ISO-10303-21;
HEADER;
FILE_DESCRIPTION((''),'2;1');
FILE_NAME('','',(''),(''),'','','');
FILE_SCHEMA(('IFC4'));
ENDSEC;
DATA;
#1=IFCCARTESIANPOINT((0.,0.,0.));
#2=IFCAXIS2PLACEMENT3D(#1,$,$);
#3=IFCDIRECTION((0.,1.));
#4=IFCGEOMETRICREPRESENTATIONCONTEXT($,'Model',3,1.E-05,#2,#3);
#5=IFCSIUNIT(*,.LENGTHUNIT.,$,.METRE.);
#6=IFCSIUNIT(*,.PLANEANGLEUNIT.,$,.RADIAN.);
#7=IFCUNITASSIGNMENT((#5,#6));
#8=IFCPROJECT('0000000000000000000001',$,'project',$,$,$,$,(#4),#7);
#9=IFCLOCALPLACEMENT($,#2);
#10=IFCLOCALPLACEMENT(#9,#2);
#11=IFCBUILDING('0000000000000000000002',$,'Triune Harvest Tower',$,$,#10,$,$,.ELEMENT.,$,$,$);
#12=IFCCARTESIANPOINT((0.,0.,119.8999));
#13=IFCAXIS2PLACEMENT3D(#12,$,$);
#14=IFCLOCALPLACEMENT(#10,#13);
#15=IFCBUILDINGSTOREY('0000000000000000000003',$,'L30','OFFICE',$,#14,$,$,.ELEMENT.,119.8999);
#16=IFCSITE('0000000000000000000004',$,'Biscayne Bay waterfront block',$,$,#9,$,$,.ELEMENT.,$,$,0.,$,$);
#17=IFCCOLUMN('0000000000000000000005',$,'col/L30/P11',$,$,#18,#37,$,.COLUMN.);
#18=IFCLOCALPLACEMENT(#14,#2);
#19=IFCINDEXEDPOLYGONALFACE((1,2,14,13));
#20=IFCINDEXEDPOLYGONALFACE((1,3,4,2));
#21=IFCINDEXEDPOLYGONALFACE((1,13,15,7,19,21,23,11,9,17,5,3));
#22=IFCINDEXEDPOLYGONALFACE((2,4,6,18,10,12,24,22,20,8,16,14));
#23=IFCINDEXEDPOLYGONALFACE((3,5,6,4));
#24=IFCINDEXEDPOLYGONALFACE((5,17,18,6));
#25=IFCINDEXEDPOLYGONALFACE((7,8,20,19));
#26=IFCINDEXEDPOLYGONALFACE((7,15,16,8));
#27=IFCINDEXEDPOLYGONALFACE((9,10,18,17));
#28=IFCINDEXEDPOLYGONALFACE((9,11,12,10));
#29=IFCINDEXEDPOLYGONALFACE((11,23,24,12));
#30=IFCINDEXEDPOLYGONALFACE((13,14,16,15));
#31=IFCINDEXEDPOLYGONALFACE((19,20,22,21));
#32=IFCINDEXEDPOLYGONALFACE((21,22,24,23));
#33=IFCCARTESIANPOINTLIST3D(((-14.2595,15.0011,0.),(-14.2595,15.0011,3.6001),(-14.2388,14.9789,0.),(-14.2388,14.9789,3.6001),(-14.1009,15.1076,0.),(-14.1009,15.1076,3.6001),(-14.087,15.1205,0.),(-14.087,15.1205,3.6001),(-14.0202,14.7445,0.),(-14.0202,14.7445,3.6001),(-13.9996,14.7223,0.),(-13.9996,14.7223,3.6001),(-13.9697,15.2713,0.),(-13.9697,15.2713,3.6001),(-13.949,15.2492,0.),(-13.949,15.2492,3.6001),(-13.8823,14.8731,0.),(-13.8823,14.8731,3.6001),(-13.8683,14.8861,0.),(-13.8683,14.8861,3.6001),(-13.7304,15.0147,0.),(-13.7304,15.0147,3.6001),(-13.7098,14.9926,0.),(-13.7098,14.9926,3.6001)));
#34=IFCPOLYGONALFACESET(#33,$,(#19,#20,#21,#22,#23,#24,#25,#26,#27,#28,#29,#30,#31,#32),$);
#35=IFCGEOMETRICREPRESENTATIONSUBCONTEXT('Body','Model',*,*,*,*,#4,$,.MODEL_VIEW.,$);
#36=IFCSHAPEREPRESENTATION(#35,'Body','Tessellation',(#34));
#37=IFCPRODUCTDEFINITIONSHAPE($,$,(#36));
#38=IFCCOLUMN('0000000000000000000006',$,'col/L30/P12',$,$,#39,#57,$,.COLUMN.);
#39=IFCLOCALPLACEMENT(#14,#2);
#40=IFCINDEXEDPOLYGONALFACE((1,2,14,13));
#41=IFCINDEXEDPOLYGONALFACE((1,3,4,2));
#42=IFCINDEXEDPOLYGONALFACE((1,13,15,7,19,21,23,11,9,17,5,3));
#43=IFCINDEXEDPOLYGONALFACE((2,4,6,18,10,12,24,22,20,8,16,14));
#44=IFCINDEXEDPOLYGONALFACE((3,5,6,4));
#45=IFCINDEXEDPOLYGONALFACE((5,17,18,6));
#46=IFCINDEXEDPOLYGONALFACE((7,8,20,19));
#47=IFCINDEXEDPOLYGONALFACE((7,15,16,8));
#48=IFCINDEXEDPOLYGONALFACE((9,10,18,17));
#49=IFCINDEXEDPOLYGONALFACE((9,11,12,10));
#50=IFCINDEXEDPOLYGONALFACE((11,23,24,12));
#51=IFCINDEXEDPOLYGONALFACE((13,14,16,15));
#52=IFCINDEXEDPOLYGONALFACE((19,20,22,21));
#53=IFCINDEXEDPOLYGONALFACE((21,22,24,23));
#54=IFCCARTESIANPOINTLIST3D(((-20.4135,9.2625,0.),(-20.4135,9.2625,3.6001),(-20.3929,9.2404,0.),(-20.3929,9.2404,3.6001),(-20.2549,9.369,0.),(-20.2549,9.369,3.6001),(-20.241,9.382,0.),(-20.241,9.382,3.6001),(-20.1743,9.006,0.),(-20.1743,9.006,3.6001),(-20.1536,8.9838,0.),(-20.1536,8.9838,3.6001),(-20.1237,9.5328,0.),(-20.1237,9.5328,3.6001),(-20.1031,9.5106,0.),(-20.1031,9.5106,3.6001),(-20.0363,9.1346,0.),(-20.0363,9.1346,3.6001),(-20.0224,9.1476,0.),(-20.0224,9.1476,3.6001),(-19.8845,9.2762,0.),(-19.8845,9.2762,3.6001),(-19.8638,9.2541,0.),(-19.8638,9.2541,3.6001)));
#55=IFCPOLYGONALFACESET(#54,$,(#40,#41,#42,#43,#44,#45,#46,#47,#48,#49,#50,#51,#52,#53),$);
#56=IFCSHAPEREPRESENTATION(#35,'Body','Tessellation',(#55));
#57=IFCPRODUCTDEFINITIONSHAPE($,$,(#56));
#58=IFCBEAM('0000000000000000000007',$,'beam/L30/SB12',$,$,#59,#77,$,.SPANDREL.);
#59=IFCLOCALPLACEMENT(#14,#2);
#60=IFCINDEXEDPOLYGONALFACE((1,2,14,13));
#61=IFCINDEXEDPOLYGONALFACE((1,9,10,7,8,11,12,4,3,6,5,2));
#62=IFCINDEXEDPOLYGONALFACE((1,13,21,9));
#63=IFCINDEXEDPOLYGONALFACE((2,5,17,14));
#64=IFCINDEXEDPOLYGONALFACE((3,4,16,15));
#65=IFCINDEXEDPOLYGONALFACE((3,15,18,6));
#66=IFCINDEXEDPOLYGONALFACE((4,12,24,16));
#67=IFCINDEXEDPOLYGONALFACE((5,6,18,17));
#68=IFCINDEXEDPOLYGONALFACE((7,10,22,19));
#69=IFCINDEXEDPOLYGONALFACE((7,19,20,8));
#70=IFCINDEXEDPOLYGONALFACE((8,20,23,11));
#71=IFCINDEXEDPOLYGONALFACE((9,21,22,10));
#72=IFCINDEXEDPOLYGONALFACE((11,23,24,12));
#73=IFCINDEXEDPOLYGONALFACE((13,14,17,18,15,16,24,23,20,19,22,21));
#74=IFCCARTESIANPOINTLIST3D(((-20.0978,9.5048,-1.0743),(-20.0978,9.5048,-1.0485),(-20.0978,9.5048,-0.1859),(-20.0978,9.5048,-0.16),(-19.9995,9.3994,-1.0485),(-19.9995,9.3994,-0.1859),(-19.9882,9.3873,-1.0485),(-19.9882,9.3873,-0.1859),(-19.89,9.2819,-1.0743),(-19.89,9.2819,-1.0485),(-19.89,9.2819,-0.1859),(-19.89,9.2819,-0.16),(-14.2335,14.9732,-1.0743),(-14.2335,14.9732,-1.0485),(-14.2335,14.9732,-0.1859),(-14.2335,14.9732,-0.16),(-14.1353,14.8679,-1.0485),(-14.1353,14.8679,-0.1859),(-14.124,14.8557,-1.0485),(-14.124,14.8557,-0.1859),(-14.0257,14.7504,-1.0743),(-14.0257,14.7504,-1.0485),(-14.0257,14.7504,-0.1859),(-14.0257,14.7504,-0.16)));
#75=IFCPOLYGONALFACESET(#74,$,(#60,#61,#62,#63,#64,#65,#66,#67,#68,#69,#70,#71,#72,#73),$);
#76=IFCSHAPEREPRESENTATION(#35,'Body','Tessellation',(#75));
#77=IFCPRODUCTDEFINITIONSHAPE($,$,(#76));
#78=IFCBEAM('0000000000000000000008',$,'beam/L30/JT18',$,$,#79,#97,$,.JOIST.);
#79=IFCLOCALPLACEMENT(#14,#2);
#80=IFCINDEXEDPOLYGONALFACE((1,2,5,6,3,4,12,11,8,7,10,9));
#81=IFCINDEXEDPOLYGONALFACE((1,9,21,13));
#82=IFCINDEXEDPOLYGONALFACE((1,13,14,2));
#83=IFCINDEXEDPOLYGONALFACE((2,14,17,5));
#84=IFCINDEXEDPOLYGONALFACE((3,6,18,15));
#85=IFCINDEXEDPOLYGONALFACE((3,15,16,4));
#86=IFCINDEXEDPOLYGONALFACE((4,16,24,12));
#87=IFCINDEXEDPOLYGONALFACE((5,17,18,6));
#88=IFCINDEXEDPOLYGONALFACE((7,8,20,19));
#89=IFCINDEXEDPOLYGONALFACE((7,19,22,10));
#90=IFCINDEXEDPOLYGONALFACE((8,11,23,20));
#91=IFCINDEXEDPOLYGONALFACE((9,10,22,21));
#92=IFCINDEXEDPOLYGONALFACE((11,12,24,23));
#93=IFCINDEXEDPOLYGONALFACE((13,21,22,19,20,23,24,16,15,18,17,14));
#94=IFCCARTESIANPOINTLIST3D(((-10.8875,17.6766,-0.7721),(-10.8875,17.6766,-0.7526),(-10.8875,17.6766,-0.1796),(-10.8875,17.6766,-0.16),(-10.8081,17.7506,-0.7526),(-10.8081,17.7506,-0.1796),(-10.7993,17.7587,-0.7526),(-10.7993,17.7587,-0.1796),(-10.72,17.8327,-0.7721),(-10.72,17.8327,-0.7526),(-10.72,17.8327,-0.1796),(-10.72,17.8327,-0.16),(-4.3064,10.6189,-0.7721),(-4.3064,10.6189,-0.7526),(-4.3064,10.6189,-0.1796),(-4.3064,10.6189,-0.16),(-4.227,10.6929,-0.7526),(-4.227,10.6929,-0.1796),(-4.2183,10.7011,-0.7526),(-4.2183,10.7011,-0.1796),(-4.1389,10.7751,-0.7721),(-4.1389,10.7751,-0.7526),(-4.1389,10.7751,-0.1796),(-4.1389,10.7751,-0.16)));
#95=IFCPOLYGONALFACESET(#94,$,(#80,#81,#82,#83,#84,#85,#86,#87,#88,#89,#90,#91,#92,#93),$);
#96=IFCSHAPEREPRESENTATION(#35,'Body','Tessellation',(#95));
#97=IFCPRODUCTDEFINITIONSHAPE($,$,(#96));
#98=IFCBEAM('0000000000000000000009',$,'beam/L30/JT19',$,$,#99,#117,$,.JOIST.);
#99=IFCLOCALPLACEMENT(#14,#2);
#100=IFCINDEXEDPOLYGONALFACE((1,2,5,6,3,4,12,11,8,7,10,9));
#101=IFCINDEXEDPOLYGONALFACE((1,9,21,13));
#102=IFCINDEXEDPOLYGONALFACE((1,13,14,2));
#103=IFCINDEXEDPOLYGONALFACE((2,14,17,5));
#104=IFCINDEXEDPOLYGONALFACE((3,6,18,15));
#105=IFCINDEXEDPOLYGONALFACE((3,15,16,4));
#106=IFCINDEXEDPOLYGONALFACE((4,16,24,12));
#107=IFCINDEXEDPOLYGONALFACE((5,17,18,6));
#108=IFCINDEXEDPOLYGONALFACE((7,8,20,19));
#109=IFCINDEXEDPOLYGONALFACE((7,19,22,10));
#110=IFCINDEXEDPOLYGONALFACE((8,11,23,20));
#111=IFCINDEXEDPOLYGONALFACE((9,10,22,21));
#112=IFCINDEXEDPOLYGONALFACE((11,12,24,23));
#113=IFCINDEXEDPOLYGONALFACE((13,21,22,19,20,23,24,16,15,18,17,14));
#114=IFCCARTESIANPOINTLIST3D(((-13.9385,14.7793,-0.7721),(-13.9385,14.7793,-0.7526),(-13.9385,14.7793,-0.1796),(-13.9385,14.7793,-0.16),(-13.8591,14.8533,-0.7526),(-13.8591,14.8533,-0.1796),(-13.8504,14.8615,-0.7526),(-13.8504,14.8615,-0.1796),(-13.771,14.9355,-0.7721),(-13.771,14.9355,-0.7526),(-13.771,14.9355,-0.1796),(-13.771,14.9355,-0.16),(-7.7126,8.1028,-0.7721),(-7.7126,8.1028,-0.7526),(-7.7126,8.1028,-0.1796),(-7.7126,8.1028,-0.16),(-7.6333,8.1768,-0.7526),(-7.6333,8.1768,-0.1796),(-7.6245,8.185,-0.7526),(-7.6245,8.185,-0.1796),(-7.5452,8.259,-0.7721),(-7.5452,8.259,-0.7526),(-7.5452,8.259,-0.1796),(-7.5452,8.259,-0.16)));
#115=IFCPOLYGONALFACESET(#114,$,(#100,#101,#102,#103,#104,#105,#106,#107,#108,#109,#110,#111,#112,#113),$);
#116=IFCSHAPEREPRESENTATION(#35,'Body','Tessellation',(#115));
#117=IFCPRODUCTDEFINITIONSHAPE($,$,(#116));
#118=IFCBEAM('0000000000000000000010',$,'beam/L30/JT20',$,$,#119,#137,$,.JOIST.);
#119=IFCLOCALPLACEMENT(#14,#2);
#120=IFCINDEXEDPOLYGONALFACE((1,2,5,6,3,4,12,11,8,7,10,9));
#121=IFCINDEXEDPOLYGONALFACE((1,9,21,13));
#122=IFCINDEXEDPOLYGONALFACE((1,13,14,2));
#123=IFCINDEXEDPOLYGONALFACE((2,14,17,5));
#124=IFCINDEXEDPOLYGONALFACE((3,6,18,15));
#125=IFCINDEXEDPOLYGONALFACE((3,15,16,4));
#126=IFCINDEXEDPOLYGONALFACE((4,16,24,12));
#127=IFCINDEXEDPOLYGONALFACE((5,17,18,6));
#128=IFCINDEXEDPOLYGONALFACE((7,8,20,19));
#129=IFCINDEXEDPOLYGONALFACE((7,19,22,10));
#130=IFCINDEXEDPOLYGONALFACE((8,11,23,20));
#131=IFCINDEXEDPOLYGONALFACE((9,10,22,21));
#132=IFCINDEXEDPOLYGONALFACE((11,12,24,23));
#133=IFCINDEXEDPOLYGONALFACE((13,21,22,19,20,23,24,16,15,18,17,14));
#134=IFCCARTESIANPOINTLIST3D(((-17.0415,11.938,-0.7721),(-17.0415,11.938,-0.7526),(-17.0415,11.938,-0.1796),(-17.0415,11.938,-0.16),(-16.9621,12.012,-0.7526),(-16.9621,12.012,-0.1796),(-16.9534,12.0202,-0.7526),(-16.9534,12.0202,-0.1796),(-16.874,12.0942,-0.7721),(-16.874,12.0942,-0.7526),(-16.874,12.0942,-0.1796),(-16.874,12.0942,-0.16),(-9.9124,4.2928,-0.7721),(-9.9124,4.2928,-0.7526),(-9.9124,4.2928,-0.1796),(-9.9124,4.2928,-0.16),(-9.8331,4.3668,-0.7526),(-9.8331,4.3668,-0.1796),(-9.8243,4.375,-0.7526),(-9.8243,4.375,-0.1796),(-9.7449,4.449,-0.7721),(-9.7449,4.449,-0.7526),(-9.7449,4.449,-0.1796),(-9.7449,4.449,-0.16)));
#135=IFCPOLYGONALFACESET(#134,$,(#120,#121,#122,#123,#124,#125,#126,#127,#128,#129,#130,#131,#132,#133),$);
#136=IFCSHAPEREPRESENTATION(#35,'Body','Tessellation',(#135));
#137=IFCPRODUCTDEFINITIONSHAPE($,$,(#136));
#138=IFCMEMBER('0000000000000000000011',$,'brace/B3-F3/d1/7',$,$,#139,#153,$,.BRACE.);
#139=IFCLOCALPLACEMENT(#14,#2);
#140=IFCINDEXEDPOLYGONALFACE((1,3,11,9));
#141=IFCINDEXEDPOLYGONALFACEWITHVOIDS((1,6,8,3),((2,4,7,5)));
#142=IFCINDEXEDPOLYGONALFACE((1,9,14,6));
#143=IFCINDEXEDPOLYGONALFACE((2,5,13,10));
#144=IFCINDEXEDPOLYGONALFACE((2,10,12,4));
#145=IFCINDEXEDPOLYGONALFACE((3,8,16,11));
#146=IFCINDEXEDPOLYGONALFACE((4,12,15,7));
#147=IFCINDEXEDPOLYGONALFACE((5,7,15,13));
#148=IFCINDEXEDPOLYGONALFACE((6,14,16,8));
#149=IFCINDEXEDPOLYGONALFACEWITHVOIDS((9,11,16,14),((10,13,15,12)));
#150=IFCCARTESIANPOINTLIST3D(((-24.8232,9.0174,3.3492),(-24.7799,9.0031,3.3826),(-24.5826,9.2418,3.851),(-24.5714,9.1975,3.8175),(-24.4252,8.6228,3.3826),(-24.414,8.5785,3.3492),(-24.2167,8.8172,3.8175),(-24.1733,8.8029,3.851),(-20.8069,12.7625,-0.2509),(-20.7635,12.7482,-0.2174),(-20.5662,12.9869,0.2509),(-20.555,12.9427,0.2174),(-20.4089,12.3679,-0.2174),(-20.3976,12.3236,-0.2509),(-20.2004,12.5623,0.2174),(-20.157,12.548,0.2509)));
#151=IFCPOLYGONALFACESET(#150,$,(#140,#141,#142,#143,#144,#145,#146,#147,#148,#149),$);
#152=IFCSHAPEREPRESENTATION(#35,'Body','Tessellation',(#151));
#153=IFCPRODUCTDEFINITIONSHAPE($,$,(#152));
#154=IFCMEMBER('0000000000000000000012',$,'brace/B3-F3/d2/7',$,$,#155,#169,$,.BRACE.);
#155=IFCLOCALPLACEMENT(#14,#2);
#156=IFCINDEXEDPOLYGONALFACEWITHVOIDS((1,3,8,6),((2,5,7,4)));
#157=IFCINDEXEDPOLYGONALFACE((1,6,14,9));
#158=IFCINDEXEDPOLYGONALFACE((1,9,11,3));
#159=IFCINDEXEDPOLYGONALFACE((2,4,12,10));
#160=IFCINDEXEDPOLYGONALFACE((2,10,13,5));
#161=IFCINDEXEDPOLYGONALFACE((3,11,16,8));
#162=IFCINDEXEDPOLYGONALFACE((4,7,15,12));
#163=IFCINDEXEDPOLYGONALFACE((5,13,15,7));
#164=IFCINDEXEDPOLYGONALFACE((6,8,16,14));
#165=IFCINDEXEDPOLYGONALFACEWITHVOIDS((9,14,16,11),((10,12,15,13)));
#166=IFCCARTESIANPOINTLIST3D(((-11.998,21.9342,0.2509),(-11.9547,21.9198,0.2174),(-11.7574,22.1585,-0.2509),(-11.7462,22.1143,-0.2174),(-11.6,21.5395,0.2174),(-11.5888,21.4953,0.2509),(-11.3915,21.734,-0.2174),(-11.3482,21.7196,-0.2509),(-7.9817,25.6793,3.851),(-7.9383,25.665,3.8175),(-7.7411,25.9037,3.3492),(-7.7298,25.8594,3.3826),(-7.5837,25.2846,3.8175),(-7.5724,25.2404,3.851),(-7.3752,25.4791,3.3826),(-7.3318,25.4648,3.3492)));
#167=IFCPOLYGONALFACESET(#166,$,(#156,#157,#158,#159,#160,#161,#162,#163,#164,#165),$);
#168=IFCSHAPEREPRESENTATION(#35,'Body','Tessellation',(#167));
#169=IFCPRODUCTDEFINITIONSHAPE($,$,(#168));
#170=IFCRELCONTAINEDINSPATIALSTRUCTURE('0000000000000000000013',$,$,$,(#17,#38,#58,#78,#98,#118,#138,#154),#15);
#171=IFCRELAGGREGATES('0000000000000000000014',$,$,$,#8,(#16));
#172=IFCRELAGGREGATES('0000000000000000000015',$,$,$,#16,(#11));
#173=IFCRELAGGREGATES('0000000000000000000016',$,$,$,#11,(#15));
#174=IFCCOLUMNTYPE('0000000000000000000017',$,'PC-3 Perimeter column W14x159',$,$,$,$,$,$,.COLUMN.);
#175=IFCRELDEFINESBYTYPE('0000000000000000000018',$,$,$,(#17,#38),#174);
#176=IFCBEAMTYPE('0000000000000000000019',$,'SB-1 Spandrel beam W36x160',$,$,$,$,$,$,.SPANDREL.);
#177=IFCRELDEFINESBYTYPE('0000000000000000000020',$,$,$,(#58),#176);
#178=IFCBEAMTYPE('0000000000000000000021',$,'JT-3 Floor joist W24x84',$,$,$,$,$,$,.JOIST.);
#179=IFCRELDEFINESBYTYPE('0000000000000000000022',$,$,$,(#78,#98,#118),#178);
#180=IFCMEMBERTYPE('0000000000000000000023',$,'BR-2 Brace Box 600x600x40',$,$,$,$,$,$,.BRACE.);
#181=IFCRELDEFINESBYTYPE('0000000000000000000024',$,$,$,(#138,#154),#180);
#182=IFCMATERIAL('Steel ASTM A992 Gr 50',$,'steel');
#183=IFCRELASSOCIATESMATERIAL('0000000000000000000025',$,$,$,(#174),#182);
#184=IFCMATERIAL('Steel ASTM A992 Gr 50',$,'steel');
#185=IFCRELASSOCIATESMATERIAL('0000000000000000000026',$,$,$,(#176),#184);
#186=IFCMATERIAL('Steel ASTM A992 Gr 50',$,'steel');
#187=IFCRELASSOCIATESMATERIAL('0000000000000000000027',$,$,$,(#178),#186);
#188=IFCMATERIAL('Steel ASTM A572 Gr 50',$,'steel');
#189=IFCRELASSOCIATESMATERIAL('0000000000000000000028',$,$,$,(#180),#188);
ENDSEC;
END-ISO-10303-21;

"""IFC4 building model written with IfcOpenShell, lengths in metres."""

from ifc_helpers import new_model, si_unit, direction, frame, origin, origin_2d, place, context, subcontext, project, spatial, hollow_rectangle, i_section, extrude, source, transform, mapped, material, material_profile, profile_set, type_object, element, save


model = new_model("IFC4")

# Units and contexts
model_context = context("Model", 3, precision=1e-05, world=origin(), true_north=direction((0.0, 1.0)))
body_context = subcontext(model_context, "Body", "Model", "MODEL_VIEW")
ifc_project = project(units=[si_unit("LENGTHUNIT", "METRE"), si_unit("PLANEANGLEUNIT", "RADIAN")], contexts=[model_context])

# Site, building, storey
site_placement = place(None, origin())
site = spatial("IfcSite", under=ifc_project, at=site_placement, Name="Biscayne Bay waterfront block", CompositionType="ELEMENT", RefElevation=0.0)
building_placement = place(site_placement, origin())
building = spatial("IfcBuilding", under=site, at=building_placement, Name="Triune Harvest Tower", CompositionType="ELEMENT")
storey_placement = place(building_placement, frame((0.0, 0.0, 119.8999)))
storey = spatial("IfcBuildingStorey", under=building, at=storey_placement, Name="L30", Description="OFFICE", CompositionType="ELEMENT", Elevation=119.8999)

# Columns
ifc_material_1 = material(Name="Steel ASTM A992 Gr 50", Category="steel")
ifc_material_profile_1 = material_profile(ifc_material_1, i_section(OverallWidth=0.3962, OverallDepth=0.3811, WebThickness=0.019, FlangeThickness=0.0303, at=origin_2d()), Name="W14x159")
ifc_profile_set_1 = profile_set([ifc_material_profile_1], Name="Steel ASTM A992 Gr 50")
column_type = type_object("IfcColumnType", Name="PC-3 Perimeter column W14x159", PredefinedType="COLUMN", material=ifc_profile_set_1)
shared_shape_1 = source(origin(), body_context, "Body", "SweptSolid", [
    extrude(i_section(OverallWidth=0.3962, OverallDepth=0.3811, WebThickness=0.019, FlangeThickness=0.0303, at=origin_2d()), origin(), (0.0, 0.0, 1.0), 3.6001),
])
for number, where, z_axis, x_axis, name in (
    (1, (-13.9846, 14.9968, 0.0), (0.0, 0.0, 1.0), (-0.731355, -0.681997, 0.0), "col/L30/P11"),
    (2, (-20.1387, 9.2583, 0.0), (0.0, 0.0, 1.0), (-0.731355, -0.681997, 0.0), "col/L30/P12"),
):
    element("IfcColumn", number, at=place(storey_placement, frame(where, z_axis=z_axis, x_axis=x_axis)), inside=storey, type_object=column_type, Name=name, PredefinedType="COLUMN", context=body_context, shape_type="MappedRepresentation", body=[
        mapped(shared_shape_1, transform((0.0, 0.0, 0.0), scale=1.0)),
    ])

# Beams
ifc_material_2 = material(Name="Steel ASTM A992 Gr 50", Category="steel")
ifc_material_profile_2 = material_profile(ifc_material_2, i_section(OverallWidth=0.3047, OverallDepth=0.9143, WebThickness=0.0166, FlangeThickness=0.0259, at=origin_2d()), Name="W36x160")
ifc_profile_set_2 = profile_set([ifc_material_profile_2], Name="Steel ASTM A992 Gr 50")
beam_type_1 = type_object("IfcBeamType", Name="SB-1 Spandrel beam W36x160", PredefinedType="SPANDREL", material=ifc_profile_set_2)
shared_shape_2 = source(origin(), body_context, "Body", "SweptSolid", [
    extrude(i_section(OverallWidth=0.3047, OverallDepth=0.9143, WebThickness=0.0166, FlangeThickness=0.0259, at=origin_2d()), origin(), (0.0, 0.0, 1.0), 8.0183),
])
beam_1_placement = place(storey_placement, frame((-14.1296, 14.8618, -0.6172), z_axis=(-0.731354, -0.681998, 0.0), x_axis=(0.681998, -0.731354, 0.0)))
element("IfcBeam", 3, at=beam_1_placement, inside=storey, type_object=beam_type_1, Name="beam/L30/SB12", PredefinedType="SPANDREL", context=body_context, shape_type="MappedRepresentation", body=[
    mapped(shared_shape_2, transform((0.0, 0.0, 0.0), scale=1.0)),
])
ifc_material_3 = material(Name="Steel ASTM A992 Gr 50", Category="steel")
ifc_material_profile_3 = material_profile(ifc_material_3, i_section(OverallWidth=0.229, OverallDepth=0.6121, WebThickness=0.012, FlangeThickness=0.0195, at=origin_2d()), Name="W24x84")
ifc_profile_set_3 = profile_set([ifc_material_profile_3], Name="Steel ASTM A992 Gr 50")
beam_type_2 = type_object("IfcBeamType", Name="JT-3 Floor joist W24x84", PredefinedType="JOIST", material=ifc_profile_set_3)
shared_shape_3 = source(origin(), body_context, "Body", "SweptSolid", [
    extrude(i_section(OverallWidth=0.229, OverallDepth=0.6121, WebThickness=0.012, FlangeThickness=0.0195, at=origin_2d()), origin(), (0.0, 0.0, 1.0), 9.6499),
])
beam_2_placement = place(storey_placement, frame((-10.8037, 17.7546, -0.4661), z_axis=(0.681983, -0.731368, 0.0), x_axis=(0.731368, 0.681983, 0.0)))
element("IfcBeam", 4, at=beam_2_placement, inside=storey, type_object=beam_type_2, Name="beam/L30/JT18", PredefinedType="JOIST", context=body_context, shape_type="MappedRepresentation", body=[
    mapped(shared_shape_3, transform((0.0, 0.0, 0.0), scale=1.0)),
])
shared_shape_4 = source(origin(), body_context, "Body", "SweptSolid", [
    extrude(i_section(OverallWidth=0.229, OverallDepth=0.6121, WebThickness=0.012, FlangeThickness=0.0195, at=origin_2d()), origin(), (0.0, 0.0, 1.0), 9.1289),
])
beam_3_placement = place(storey_placement, frame((-13.8547, 14.8574, -0.4661), z_axis=(0.681991, -0.73136, 0.0), x_axis=(0.73136, 0.681991, 0.0)))
element("IfcBeam", 5, at=beam_3_placement, inside=storey, type_object=beam_type_2, Name="beam/L30/JT19", PredefinedType="JOIST", context=body_context, shape_type="MappedRepresentation", body=[
    mapped(shared_shape_4, transform((0.0, 0.0, 0.0), scale=1.0)),
])
shared_shape_5 = source(origin(), body_context, "Body", "SweptSolid", [
    extrude(i_section(OverallWidth=0.229, OverallDepth=0.6121, WebThickness=0.012, FlangeThickness=0.0195, at=origin_2d()), origin(), (0.0, 0.0, 1.0), 10.4534),
])
beam_4_placement = place(storey_placement, frame((-16.9578, 12.0161, -0.4661), z_axis=(0.681989, -0.731362, 0.0), x_axis=(0.731362, 0.681989, 0.0)))
element("IfcBeam", 6, at=beam_4_placement, inside=storey, type_object=beam_type_2, Name="beam/L30/JT20", PredefinedType="JOIST", context=body_context, shape_type="MappedRepresentation", body=[
    mapped(shared_shape_5, transform((0.0, 0.0, 0.0), scale=1.0)),
])

# Members
ifc_material_4 = material(Name="Steel ASTM A572 Gr 50", Category="steel")
ifc_material_profile_4 = material_profile(ifc_material_4, hollow_rectangle(XDim=0.6001, YDim=0.6001, WallThickness=0.04, at=origin_2d()), Name="Box 600x600x40")
ifc_profile_set_4 = profile_set([ifc_material_profile_4], Name="Steel ASTM A572 Gr 50")
member_type_1 = type_object("IfcMemberType", Name="BR-2 Brace Box 600x600x40", PredefinedType="BRACE", material=ifc_profile_set_4)
shared_shape_6 = source(origin(), body_context, "Body", "SweptSolid", [
    extrude(hollow_rectangle(XDim=0.6001, YDim=0.6001, WallThickness=0.04, at=origin_2d()), origin(), (0.0, 0.0, 1.0), 6.5664),
])
for number, where, z_axis, x_axis, name in (
    (7, (-20.4819, 12.6553, 0.0), (-0.611652, -0.570345, 0.54826), (0.681979, -0.731372, 0.0), "brace/B3-F3/d1/7"),
    (8, (-11.6731, 21.8269, 0.0), (0.611652, 0.570345, 0.54826), (-0.681979, 0.731372, 0.0), "brace/B3-F3/d2/7"),
):
    element("IfcMember", number, at=place(storey_placement, frame(where, z_axis=z_axis, x_axis=x_axis)), inside=storey, type_object=member_type_1, Name=name, PredefinedType="BRACE", context=body_context, shape_type="MappedRepresentation", body=[
        mapped(shared_shape_6, transform((0.0, 0.0, 0.0), scale=1.0)),
    ])

save(model, "model.ifc")
